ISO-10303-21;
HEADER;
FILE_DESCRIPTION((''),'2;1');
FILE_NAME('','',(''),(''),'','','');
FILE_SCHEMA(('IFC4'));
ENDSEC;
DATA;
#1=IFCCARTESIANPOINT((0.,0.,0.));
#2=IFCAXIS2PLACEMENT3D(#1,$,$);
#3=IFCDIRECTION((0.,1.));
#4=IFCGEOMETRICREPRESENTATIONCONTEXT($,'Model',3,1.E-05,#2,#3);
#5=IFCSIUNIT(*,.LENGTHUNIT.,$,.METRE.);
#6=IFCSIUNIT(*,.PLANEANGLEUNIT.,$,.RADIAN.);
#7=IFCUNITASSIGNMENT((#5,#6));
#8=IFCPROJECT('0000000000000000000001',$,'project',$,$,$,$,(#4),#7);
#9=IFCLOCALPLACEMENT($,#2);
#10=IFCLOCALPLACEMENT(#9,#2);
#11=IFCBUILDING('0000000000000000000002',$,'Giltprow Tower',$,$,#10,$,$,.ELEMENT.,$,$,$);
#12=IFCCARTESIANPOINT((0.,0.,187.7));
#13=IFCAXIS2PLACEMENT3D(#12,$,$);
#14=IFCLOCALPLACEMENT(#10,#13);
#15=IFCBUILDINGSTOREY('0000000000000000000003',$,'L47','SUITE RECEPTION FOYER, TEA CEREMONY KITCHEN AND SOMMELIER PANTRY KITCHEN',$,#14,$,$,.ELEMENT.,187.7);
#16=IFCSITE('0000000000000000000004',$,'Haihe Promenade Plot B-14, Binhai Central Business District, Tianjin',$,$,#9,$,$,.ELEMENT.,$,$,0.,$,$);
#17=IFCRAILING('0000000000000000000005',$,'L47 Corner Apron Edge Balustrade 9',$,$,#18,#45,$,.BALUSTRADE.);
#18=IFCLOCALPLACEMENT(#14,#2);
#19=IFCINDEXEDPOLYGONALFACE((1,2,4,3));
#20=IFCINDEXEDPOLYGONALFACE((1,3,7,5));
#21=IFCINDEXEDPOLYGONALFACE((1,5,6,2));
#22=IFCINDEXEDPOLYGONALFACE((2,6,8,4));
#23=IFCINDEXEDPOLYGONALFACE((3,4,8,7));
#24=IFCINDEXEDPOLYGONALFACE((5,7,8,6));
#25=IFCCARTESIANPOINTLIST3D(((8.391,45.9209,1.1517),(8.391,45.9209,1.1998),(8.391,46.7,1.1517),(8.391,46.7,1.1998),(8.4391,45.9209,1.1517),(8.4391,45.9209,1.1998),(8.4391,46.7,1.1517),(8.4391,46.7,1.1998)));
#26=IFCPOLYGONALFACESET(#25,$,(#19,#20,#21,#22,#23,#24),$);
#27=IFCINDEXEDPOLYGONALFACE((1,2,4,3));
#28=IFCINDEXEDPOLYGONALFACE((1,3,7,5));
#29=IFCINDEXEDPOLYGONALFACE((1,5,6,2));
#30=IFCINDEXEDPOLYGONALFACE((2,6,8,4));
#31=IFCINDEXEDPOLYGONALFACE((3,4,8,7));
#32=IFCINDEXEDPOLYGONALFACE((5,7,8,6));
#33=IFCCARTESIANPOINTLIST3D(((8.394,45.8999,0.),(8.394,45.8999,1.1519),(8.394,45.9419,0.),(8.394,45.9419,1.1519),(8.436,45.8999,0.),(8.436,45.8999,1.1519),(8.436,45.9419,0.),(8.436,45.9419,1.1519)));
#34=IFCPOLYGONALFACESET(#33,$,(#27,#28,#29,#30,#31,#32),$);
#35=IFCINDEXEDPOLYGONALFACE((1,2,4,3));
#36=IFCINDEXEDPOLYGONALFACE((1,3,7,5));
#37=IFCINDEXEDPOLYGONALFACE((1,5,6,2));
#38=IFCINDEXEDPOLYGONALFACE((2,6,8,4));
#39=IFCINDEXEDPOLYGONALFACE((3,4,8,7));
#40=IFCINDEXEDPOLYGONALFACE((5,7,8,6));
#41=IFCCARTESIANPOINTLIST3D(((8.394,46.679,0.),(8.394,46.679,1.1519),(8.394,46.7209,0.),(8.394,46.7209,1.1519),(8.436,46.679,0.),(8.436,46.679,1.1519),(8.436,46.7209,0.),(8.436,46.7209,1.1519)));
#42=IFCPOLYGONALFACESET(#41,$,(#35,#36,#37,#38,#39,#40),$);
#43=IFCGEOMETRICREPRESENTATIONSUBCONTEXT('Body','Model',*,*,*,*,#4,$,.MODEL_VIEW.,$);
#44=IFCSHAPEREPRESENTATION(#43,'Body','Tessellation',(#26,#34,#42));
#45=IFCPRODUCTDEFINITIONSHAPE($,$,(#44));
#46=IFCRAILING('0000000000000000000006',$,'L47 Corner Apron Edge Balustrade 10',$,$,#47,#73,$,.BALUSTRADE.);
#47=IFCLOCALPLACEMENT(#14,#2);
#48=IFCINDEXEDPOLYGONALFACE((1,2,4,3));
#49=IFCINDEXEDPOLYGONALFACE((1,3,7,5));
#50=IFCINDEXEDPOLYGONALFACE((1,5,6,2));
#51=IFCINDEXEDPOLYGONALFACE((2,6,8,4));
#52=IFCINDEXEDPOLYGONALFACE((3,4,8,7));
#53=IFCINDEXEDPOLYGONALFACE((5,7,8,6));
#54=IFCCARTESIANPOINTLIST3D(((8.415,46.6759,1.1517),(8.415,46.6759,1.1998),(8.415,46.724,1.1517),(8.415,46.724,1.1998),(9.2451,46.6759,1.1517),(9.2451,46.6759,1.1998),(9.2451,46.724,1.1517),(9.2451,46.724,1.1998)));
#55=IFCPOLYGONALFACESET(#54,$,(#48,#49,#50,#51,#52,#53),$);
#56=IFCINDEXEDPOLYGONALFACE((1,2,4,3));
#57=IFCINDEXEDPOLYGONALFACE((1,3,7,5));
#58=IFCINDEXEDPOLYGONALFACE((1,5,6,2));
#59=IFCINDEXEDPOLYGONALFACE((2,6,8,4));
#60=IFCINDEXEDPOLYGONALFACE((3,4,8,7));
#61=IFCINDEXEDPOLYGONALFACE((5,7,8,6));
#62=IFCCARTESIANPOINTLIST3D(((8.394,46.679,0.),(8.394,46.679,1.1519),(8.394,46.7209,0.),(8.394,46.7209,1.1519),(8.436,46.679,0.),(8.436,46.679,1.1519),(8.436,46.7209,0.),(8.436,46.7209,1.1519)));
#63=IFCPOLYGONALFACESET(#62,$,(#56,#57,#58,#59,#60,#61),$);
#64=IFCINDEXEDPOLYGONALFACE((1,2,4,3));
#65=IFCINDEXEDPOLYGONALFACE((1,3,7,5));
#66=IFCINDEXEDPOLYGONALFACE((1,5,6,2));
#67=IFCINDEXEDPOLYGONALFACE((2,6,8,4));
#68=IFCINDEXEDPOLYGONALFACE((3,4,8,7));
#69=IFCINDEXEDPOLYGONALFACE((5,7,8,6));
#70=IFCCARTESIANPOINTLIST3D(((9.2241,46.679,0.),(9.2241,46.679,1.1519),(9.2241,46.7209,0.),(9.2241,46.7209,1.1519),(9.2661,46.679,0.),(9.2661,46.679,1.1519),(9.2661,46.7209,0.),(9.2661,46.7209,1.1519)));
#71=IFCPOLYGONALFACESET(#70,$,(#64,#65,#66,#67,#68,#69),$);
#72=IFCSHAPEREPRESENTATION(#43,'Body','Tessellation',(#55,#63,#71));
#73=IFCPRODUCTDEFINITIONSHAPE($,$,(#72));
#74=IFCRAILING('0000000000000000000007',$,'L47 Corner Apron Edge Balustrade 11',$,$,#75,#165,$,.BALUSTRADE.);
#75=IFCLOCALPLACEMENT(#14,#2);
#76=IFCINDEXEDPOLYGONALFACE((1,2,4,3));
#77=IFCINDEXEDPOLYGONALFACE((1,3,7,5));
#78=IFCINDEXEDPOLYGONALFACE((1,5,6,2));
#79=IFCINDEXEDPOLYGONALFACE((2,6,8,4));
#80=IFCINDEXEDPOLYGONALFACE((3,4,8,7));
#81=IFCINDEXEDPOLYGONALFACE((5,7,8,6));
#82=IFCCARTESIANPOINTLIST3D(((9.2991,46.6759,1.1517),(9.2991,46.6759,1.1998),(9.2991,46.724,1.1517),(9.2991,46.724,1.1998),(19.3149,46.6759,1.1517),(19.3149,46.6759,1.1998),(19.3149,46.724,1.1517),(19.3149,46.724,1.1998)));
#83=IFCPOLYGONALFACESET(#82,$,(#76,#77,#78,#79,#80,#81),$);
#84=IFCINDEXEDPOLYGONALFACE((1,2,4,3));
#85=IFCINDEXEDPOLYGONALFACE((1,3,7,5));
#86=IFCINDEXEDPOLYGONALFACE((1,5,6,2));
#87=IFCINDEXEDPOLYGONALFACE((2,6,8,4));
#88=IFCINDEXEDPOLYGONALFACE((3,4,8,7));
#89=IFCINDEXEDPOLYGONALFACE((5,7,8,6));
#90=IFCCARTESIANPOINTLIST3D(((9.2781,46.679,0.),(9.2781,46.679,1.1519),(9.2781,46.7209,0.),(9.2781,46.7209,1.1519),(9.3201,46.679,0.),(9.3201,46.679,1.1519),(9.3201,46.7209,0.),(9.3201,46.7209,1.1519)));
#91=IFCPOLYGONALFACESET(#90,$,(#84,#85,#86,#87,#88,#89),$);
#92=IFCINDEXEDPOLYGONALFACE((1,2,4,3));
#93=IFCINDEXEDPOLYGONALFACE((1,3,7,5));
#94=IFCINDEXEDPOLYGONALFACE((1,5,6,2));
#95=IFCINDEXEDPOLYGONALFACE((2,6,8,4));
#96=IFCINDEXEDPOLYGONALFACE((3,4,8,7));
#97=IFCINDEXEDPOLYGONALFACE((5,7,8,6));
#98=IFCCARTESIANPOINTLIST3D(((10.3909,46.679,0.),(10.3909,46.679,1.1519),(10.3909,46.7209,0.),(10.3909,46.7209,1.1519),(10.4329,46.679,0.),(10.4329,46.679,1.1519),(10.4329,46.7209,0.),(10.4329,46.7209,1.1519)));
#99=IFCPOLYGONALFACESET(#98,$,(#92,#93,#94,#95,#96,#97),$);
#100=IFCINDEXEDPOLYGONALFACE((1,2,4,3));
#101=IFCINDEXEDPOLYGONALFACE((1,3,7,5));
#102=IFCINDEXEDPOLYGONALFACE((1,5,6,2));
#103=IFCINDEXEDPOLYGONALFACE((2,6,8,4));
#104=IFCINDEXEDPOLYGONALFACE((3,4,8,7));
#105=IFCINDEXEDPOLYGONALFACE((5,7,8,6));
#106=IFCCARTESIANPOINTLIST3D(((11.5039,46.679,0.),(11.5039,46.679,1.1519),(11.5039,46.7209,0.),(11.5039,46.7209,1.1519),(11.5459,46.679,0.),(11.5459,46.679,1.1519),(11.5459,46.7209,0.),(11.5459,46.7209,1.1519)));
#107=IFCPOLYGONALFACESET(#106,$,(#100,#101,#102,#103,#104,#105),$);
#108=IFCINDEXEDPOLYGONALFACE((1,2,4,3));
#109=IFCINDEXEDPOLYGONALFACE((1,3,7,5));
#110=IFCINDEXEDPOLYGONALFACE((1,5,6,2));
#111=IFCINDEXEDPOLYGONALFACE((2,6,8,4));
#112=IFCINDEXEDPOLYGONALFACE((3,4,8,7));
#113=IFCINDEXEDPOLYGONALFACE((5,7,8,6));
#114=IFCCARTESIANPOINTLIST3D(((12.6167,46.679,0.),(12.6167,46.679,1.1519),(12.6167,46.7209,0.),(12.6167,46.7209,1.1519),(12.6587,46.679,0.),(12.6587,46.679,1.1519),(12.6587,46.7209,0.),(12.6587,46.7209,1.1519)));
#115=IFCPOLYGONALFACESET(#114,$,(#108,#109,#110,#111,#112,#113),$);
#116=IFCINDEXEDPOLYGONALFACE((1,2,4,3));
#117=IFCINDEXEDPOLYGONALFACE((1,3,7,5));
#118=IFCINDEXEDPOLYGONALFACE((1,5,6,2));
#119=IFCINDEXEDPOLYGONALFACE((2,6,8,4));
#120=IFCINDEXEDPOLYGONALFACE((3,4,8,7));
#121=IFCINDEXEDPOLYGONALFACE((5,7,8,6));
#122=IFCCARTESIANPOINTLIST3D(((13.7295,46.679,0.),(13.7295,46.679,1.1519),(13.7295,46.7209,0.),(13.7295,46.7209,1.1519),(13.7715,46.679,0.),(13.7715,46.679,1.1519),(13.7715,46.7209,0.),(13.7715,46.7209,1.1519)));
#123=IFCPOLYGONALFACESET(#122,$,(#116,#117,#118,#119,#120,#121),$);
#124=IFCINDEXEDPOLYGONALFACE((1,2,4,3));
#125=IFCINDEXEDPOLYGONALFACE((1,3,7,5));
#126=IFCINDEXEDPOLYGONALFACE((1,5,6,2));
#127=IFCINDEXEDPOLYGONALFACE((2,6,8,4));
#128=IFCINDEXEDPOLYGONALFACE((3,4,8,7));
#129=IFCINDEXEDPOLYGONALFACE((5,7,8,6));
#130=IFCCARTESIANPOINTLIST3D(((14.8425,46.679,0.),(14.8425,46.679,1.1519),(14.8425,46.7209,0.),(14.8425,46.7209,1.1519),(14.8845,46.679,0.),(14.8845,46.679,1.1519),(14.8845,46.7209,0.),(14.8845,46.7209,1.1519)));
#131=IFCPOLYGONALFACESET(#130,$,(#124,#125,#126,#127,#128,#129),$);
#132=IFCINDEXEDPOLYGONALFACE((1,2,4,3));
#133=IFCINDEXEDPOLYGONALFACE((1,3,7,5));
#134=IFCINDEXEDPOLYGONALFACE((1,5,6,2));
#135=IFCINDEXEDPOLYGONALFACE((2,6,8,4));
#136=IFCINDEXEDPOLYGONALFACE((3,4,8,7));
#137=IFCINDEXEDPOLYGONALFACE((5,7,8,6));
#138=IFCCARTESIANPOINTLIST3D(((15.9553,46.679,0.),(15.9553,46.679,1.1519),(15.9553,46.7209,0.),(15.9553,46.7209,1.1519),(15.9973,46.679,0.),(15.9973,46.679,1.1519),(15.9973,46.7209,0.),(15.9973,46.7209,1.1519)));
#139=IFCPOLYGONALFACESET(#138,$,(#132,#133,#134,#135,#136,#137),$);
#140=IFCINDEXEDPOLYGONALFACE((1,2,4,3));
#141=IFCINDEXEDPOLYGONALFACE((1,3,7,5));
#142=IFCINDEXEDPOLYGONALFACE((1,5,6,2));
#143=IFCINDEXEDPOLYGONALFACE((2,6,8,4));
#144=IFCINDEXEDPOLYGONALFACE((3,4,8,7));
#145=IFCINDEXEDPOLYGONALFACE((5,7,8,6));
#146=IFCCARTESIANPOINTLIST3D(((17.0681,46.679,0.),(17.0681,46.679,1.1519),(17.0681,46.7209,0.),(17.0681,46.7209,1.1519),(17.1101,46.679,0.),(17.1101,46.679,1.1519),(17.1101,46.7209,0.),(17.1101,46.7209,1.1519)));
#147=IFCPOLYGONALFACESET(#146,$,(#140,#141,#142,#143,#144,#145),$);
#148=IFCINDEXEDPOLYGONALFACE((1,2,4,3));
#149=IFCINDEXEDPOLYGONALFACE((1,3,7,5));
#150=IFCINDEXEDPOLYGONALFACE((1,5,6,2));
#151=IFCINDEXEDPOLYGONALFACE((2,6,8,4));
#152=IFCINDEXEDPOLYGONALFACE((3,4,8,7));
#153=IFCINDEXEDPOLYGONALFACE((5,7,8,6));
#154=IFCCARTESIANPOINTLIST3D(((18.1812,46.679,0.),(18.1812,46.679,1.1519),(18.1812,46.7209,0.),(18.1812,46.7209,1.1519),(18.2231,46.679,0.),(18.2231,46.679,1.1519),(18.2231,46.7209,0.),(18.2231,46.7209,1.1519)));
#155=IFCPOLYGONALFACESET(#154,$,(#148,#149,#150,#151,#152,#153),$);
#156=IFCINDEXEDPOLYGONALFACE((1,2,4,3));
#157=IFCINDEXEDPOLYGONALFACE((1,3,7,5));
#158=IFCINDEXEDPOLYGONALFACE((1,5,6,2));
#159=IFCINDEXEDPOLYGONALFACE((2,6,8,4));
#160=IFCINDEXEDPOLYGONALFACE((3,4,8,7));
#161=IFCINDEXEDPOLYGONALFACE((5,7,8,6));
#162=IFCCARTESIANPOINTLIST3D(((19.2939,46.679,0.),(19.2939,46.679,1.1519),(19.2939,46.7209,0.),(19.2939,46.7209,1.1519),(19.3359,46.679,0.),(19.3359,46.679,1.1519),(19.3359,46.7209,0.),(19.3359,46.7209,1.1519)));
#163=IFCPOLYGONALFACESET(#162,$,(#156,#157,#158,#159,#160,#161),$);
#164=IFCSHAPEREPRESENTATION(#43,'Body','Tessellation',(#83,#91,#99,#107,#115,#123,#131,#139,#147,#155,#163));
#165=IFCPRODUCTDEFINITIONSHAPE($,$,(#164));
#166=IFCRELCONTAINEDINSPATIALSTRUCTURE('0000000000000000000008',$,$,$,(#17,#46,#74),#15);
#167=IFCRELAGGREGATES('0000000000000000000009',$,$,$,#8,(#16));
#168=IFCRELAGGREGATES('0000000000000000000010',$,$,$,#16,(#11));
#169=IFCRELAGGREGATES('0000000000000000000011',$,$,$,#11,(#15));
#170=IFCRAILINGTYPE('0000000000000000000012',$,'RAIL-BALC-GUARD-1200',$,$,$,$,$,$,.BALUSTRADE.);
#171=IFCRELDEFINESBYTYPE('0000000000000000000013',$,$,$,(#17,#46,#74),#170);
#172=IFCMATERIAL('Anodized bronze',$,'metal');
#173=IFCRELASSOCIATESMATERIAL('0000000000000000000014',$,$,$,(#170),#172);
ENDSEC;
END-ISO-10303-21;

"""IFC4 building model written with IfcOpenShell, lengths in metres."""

from ifc_helpers import new_model, si_unit, direction, frame, origin, origin_2d, place, context, subcontext, project, spatial, rectangle, extrude, material, type_object, element, save


model = new_model("IFC4")

# Units and contexts
model_context = context("Model", 3, precision=1e-05, world=origin(), true_north=direction((0.0, 1.0)))
body_context = subcontext(model_context, "Body", "Model", "MODEL_VIEW")
ifc_project = project(units=[si_unit("LENGTHUNIT", "METRE"), si_unit("PLANEANGLEUNIT", "RADIAN")], contexts=[model_context])

# Site, building, storey
site_placement = place(None, origin())
site = spatial("IfcSite", under=ifc_project, at=site_placement, Name="Haihe Promenade Plot B-14, Binhai Central Business District, Tianjin", CompositionType="ELEMENT", RefElevation=0.0)
building_placement = place(site_placement, origin())
building = spatial("IfcBuilding", under=site, at=building_placement, Name="Giltprow Tower", CompositionType="ELEMENT")
storey_placement = place(building_placement, frame((0.0, 0.0, 187.7)))
storey = spatial("IfcBuildingStorey", under=building, at=storey_placement, Name="L47", Description="SUITE RECEPTION FOYER, TEA CEREMONY KITCHEN AND SOMMELIER PANTRY KITCHEN", CompositionType="ELEMENT", Elevation=187.7)

# Railings
ifc_material_1 = material(Name="Anodized bronze", Category="metal")
railing_type = type_object("IfcRailingType", Name="RAIL-BALC-GUARD-1200", PredefinedType="BALUSTRADE", material=ifc_material_1)
railing_1_placement = place(storey_placement, frame((8.415, 45.9209, 0.0)))
element("IfcRailing", 1, at=railing_1_placement, inside=storey, type_object=railing_type, Name="L47 Corner Apron Edge Balustrade 9", PredefinedType="BALUSTRADE", context=body_context, shape_type="SweptSolid", body=[
    extrude(rectangle(XDim=0.0481, YDim=0.0481, at=origin_2d()), frame((0.0, 0.0, 1.1758), z_axis=(0.0, 1.0, 0.0), x_axis=(-1.0, 0.0, 0.0)), (0.0, 0.0, 1.0), 0.7791),
    extrude(rectangle(XDim=0.042, YDim=0.042, at=origin_2d()), origin(), (0.0, 0.0, 1.0), 1.1519),
    extrude(rectangle(XDim=0.042, YDim=0.042, at=origin_2d()), frame((0.0, 0.7791, 0.0)), (0.0, 0.0, 1.0), 1.1519),
])
railing_2_placement = place(storey_placement, frame((8.415, 46.7, 0.0)))
element("IfcRailing", 2, at=railing_2_placement, inside=storey, type_object=railing_type, Name="L47 Corner Apron Edge Balustrade 10", PredefinedType="BALUSTRADE", context=body_context, shape_type="SweptSolid", body=[
    extrude(rectangle(XDim=0.0481, YDim=0.0481, at=origin_2d()), frame((0.0, 0.0, 1.1758), z_axis=(1.0, 0.0, 0.0), x_axis=(0.0, 1.0, 0.0)), (0.0, 0.0, 1.0), 0.8301),
    extrude(rectangle(XDim=0.042, YDim=0.042, at=origin_2d()), origin(), (0.0, 0.0, 1.0), 1.1519),
    extrude(rectangle(XDim=0.042, YDim=0.042, at=origin_2d()), frame((0.8301, 0.0, 0.0)), (0.0, 0.0, 1.0), 1.1519),
])
railing_3_placement = place(storey_placement, frame((9.2991, 46.7, 0.0)))
element("IfcRailing", 3, at=railing_3_placement, inside=storey, type_object=railing_type, Name="L47 Corner Apron Edge Balustrade 11", PredefinedType="BALUSTRADE", context=body_context, shape_type="SweptSolid", body=[
    extrude(rectangle(XDim=0.0481, YDim=0.0481, at=origin_2d()), frame((0.0, 0.0, 1.1758), z_axis=(1.0, 0.0, 0.0), x_axis=(0.0, 1.0, 0.0)), (0.0, 0.0, 1.0), 10.0159),
    extrude(rectangle(XDim=0.042, YDim=0.042, at=origin_2d()), origin(), (0.0, 0.0, 1.0), 1.1519),
    extrude(rectangle(XDim=0.042, YDim=0.042, at=origin_2d()), frame((1.1128, 0.0, 0.0)), (0.0, 0.0, 1.0), 1.1519),
    extrude(rectangle(XDim=0.042, YDim=0.042, at=origin_2d()), frame((2.2258, 0.0, 0.0)), (0.0, 0.0, 1.0), 1.1519),
    extrude(rectangle(XDim=0.042, YDim=0.042, at=origin_2d()), frame((3.3386, 0.0, 0.0)), (0.0, 0.0, 1.0), 1.1519),
    extrude(rectangle(XDim=0.042, YDim=0.042, at=origin_2d()), frame((4.4514, 0.0, 0.0)), (0.0, 0.0, 1.0), 1.1519),
    extrude(rectangle(XDim=0.042, YDim=0.042, at=origin_2d()), frame((5.5645, 0.0, 0.0)), (0.0, 0.0, 1.0), 1.1519),
    extrude(rectangle(XDim=0.042, YDim=0.042, at=origin_2d()), frame((6.6772, 0.0, 0.0)), (0.0, 0.0, 1.0), 1.1519),
    extrude(rectangle(XDim=0.042, YDim=0.042, at=origin_2d()), frame((7.79, 0.0, 0.0)), (0.0, 0.0, 1.0), 1.1519),
    extrude(rectangle(XDim=0.042, YDim=0.042, at=origin_2d()), frame((8.9031, 0.0, 0.0)), (0.0, 0.0, 1.0), 1.1519),
    extrude(rectangle(XDim=0.042, YDim=0.042, at=origin_2d()), frame((10.0159, 0.0, 0.0)), (0.0, 0.0, 1.0), 1.1519),
])

save(model, "model.ifc")
